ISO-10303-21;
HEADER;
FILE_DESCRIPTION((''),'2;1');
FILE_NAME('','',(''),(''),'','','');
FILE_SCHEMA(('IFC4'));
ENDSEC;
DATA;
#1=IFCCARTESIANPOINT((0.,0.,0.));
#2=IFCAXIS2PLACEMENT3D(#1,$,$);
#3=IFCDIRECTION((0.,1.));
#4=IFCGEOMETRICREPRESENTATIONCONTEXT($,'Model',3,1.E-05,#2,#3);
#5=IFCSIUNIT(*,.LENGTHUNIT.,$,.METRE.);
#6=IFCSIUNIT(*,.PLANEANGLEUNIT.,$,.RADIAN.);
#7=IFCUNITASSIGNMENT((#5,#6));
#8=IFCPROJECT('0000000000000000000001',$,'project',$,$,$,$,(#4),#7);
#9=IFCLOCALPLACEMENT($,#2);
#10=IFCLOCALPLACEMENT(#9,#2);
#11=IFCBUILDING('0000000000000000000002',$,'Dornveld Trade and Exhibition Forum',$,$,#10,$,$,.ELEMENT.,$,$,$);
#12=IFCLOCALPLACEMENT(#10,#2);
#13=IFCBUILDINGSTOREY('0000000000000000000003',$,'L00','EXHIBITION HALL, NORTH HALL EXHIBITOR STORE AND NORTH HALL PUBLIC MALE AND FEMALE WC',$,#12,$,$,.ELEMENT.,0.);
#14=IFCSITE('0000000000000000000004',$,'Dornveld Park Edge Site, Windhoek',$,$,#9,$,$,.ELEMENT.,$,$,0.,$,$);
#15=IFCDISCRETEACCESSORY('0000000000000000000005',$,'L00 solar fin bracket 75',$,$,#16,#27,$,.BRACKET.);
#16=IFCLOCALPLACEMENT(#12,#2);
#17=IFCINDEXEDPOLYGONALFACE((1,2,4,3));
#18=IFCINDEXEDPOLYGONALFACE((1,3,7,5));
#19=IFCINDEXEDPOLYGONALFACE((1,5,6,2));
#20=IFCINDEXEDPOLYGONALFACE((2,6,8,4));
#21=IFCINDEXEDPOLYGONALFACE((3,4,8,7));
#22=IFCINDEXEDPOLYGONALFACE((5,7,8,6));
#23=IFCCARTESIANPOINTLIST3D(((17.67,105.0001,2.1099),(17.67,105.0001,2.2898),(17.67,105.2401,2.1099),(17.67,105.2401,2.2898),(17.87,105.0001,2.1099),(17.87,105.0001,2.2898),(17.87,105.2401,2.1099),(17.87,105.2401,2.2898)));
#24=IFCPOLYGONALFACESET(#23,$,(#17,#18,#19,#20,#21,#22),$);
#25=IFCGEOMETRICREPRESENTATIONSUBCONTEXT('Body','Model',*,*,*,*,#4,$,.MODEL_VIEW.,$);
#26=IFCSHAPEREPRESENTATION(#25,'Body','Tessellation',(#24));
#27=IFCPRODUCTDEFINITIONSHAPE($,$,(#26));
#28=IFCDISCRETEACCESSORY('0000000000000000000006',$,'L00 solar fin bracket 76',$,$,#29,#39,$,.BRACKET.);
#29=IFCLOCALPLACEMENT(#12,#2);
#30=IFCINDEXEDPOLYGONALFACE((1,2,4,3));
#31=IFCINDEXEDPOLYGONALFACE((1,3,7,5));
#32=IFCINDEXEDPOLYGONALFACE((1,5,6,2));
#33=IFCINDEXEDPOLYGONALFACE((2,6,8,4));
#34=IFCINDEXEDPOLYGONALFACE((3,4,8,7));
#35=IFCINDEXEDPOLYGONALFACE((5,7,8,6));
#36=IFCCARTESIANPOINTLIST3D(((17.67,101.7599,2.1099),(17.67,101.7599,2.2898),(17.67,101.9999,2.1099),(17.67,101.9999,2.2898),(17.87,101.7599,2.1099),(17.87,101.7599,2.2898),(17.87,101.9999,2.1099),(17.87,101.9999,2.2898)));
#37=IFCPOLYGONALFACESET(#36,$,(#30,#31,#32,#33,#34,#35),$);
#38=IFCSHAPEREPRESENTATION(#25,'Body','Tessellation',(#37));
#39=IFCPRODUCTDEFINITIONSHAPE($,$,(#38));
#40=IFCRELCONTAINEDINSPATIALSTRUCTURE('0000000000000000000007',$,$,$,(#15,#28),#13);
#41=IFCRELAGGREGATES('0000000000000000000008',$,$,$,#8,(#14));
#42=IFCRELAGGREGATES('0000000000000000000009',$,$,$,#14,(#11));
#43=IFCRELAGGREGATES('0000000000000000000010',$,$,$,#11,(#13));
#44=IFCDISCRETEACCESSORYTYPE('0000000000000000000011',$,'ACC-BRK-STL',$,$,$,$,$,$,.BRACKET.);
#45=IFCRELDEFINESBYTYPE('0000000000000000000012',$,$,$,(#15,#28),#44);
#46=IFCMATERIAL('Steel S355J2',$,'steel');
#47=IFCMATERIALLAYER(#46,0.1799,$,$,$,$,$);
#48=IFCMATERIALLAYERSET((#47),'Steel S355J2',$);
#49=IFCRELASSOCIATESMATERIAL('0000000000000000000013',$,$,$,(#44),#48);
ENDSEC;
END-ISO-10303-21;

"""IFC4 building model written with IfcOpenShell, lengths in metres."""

from ifc_helpers import new_model, si_unit, direction, frame, origin, origin_2d, place, context, subcontext, project, spatial, rectangle, extrude, material, layer, layer_set, type_object, element, save


model = new_model("IFC4")

# Units and contexts
model_context = context("Model", 3, precision=1e-05, world=origin(), true_north=direction((0.0, 1.0)))
body_context = subcontext(model_context, "Body", "Model", "MODEL_VIEW")
ifc_project = project(units=[si_unit("LENGTHUNIT", "METRE"), si_unit("PLANEANGLEUNIT", "RADIAN")], contexts=[model_context])

# Site, building, storey
site_placement = place(None, origin())
site = spatial("IfcSite", under=ifc_project, at=site_placement, Name="Dornveld Park Edge Site, Windhoek", CompositionType="ELEMENT", RefElevation=0.0)
building_placement = place(site_placement, origin())
building = spatial("IfcBuilding", under=site, at=building_placement, Name="Dornveld Trade and Exhibition Forum", CompositionType="ELEMENT")
storey_placement = place(building_placement, origin())
storey = spatial("IfcBuildingStorey", under=building, at=storey_placement, Name="L00", Description="EXHIBITION HALL, NORTH HALL EXHIBITOR STORE AND NORTH HALL PUBLIC MALE AND FEMALE WC", CompositionType="ELEMENT", Elevation=0.0)

# Discrete accessories
ifc_material_1 = material(Name="Steel S355J2", Category="steel")
ifc_layer_1 = layer(ifc_material_1, 0.1799)
ifc_layer_set_1 = layer_set([ifc_layer_1], Name="Steel S355J2")
discrete_accessory_type = type_object("IfcDiscreteAccessoryType", Name="ACC-BRK-STL", PredefinedType="BRACKET", material=ifc_layer_set_1)
for number, where, z_axis, x_axis, name in (
    (1, (17.77, 105.1201, 2.1099), (0.0, 0.0, 1.0), (0.0, -1.0, 0.0), "L00 solar fin bracket 75"),
    (2, (17.77, 101.8799, 2.1099), (0.0, 0.0, 1.0), (0.0, -1.0, 0.0), "L00 solar fin bracket 76"),
):
    element("IfcDiscreteAccessory", number, at=place(storey_placement, frame(where, z_axis=z_axis, x_axis=x_axis)), inside=storey, type_object=discrete_accessory_type, Name=name, PredefinedType="BRACKET", context=body_context, shape_type="SweptSolid", body=[
        extrude(rectangle(XDim=0.24, YDim=0.2, at=origin_2d()), origin(), (0.0, 0.0, 1.0), 0.1799),
    ])

save(model, "model.ifc")
